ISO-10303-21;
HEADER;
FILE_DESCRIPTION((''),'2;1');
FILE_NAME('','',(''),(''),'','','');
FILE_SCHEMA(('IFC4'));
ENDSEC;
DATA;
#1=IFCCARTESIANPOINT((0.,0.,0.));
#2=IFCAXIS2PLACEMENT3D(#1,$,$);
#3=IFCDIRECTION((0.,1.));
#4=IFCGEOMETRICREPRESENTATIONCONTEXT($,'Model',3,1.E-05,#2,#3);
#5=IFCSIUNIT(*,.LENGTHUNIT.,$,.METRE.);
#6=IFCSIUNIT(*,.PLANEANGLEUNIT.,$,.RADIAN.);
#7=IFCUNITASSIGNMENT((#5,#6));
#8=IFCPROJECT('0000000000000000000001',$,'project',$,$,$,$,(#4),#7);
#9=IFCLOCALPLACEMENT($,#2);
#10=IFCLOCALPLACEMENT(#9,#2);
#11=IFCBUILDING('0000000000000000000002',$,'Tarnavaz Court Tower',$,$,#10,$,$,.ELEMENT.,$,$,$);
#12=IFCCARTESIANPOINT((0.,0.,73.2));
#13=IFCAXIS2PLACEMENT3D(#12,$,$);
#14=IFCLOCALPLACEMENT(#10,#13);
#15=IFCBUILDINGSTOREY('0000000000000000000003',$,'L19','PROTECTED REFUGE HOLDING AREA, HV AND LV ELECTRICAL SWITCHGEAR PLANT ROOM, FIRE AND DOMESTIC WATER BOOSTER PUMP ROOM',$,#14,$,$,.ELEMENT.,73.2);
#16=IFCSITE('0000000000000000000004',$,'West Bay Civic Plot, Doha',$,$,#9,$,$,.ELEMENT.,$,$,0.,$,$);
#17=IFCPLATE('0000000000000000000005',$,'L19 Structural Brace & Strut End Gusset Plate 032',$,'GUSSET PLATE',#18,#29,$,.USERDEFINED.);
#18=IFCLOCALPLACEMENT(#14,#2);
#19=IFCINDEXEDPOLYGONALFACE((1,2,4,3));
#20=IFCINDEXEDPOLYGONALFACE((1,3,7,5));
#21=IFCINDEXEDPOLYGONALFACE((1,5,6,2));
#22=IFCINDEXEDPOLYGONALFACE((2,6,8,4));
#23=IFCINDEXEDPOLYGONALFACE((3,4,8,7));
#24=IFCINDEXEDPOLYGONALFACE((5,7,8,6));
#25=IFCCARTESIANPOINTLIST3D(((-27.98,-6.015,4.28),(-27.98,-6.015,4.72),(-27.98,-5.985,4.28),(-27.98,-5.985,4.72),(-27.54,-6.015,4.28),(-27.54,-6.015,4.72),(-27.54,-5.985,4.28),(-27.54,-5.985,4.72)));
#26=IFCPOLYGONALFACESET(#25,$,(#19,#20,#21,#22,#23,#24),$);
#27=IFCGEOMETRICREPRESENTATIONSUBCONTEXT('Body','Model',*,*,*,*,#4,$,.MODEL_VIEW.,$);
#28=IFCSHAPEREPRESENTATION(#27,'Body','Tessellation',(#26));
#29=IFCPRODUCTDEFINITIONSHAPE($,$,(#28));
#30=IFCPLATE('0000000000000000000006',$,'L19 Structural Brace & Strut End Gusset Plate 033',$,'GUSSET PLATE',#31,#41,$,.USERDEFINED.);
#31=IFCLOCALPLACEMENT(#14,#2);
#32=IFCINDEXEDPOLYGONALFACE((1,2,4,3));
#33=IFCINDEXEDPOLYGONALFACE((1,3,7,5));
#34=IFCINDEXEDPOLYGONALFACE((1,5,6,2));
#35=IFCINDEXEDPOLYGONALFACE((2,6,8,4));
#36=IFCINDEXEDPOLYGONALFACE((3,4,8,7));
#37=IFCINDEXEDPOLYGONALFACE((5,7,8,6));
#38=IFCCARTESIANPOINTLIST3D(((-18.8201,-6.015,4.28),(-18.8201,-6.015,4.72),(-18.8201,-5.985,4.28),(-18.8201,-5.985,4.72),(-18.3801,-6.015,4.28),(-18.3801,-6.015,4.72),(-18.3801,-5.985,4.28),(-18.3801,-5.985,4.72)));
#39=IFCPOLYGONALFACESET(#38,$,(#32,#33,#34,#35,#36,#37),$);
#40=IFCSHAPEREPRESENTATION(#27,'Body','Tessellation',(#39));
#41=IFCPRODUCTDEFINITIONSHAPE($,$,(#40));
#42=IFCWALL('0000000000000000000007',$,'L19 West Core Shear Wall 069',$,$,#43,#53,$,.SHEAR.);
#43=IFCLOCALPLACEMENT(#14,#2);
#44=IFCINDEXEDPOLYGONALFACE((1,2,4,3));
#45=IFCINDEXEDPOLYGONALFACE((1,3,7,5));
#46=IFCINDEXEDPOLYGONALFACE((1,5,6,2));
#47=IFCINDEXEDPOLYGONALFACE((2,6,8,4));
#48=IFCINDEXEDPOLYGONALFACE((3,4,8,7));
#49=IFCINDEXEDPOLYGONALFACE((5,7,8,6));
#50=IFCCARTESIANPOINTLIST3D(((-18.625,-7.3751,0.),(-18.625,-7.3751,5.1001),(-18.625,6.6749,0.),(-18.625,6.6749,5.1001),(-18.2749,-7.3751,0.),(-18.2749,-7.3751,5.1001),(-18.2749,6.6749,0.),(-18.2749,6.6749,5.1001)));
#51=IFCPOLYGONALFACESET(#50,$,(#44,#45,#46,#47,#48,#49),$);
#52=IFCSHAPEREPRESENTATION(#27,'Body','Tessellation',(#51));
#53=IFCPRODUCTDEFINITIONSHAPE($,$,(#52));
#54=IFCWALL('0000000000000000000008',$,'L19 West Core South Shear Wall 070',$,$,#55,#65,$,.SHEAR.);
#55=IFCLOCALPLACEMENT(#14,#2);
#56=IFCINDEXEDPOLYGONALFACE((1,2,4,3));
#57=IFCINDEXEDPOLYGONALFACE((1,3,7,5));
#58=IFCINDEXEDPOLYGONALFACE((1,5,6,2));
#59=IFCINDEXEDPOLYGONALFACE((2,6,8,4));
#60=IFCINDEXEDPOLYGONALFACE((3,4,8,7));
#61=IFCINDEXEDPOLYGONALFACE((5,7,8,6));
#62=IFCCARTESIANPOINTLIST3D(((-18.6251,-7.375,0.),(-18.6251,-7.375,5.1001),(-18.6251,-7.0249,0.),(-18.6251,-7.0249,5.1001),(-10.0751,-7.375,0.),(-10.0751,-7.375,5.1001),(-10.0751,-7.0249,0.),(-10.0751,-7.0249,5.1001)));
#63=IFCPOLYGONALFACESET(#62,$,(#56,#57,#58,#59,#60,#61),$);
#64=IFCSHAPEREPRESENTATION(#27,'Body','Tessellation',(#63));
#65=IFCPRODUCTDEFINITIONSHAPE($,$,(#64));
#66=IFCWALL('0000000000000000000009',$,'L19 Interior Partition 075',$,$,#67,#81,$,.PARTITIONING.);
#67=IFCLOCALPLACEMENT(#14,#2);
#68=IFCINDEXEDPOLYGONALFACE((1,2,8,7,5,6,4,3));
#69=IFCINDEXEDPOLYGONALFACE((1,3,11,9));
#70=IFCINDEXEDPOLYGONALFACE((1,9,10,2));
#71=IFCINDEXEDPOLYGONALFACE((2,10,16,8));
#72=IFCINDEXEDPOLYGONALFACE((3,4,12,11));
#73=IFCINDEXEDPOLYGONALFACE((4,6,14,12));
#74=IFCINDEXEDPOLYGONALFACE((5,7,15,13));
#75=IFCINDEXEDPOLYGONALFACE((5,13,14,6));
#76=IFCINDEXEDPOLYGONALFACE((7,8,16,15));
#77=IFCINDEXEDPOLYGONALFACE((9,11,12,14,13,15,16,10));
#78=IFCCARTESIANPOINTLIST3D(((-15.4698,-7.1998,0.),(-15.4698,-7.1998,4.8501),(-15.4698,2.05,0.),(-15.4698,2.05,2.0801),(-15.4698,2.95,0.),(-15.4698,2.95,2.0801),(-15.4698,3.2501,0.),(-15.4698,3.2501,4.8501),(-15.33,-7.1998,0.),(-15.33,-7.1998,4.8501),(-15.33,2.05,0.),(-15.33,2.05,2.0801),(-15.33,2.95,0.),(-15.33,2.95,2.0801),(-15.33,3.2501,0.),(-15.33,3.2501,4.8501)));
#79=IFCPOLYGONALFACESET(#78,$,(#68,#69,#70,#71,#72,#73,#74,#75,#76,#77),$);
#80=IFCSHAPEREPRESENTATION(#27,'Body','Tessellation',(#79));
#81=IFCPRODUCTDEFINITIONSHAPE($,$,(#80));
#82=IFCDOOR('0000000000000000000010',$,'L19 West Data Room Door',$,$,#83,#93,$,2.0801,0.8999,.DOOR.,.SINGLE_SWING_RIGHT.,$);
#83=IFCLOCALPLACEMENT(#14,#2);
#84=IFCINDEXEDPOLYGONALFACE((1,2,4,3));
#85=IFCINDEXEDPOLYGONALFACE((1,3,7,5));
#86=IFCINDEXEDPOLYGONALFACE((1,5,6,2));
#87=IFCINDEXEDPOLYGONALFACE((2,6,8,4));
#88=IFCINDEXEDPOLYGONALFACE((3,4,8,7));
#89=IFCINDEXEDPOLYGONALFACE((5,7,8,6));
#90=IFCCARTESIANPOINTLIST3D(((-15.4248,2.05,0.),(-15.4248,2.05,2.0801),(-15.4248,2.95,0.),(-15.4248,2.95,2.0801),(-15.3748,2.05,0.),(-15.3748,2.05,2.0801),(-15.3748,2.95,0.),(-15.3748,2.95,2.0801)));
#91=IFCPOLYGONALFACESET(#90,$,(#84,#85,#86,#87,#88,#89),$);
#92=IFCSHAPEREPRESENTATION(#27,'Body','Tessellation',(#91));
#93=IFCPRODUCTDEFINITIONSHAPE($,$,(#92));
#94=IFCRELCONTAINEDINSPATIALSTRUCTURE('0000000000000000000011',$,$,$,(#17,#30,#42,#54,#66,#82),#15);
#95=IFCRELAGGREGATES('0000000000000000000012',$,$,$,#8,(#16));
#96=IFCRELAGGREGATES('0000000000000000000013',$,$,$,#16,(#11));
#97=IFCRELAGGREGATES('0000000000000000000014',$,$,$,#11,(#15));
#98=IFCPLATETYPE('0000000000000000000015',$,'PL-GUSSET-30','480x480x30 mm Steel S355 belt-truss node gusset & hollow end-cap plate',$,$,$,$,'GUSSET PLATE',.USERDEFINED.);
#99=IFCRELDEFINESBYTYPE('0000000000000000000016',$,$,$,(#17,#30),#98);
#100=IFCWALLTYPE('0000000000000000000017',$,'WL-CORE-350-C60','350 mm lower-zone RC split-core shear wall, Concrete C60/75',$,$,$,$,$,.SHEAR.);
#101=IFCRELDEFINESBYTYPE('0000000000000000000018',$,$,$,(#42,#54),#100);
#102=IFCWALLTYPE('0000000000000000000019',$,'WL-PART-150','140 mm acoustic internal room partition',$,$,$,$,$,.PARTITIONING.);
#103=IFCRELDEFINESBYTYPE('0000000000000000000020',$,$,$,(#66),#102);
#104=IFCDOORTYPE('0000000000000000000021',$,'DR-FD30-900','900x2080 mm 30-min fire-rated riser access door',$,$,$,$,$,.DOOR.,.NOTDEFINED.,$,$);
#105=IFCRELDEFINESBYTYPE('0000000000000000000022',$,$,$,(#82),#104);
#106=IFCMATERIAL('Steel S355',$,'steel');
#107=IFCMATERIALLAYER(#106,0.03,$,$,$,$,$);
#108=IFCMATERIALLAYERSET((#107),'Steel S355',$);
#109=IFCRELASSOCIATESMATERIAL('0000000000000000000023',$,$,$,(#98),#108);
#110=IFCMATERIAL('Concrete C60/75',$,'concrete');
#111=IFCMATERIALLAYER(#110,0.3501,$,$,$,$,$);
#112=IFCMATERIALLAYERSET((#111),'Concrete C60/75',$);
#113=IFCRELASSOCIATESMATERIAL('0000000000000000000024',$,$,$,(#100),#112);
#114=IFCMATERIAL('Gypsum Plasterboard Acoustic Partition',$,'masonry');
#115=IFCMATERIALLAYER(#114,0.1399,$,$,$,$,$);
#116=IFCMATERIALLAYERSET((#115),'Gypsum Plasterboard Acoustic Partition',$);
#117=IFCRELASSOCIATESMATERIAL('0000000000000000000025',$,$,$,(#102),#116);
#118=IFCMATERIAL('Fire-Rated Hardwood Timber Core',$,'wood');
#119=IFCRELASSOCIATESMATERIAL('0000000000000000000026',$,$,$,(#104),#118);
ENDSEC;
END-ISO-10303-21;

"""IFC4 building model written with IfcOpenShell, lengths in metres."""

from ifc_helpers import new_model, si_unit, direction, frame, frame_2d, origin, origin_2d, place, context, subcontext, project, spatial, rectangle, extrude, material, layer, layer_set, type_object, element, fill, save


model = new_model("IFC4")

# Units and contexts
model_context = context("Model", 3, precision=1e-05, world=origin(), true_north=direction((0.0, 1.0)))
body_context = subcontext(model_context, "Body", "Model", "MODEL_VIEW")
ifc_project = project(units=[si_unit("LENGTHUNIT", "METRE"), si_unit("PLANEANGLEUNIT", "RADIAN")], contexts=[model_context])

# Site, building, storey
site_placement = place(None, origin())
site = spatial("IfcSite", under=ifc_project, at=site_placement, Name="West Bay Civic Plot, Doha", CompositionType="ELEMENT", RefElevation=0.0)
building_placement = place(site_placement, origin())
building = spatial("IfcBuilding", under=site, at=building_placement, Name="Tarnavaz Court Tower", CompositionType="ELEMENT")
storey_placement = place(building_placement, frame((0.0, 0.0, 73.2)))
storey = spatial("IfcBuildingStorey", under=building, at=storey_placement, Name="L19", Description="PROTECTED REFUGE HOLDING AREA, HV AND LV ELECTRICAL SWITCHGEAR PLANT ROOM, FIRE AND DOMESTIC WATER BOOSTER PUMP ROOM", CompositionType="ELEMENT", Elevation=73.2)

# Shared definitions
ifc_material_1 = material(Name="Concrete C60/75", Category="concrete")

# Plates
ifc_material_2 = material(Name="Steel S355", Category="steel")
ifc_layer_1 = layer(ifc_material_2, 0.03)
ifc_layer_set_1 = layer_set([ifc_layer_1], Name="Steel S355")
plate_type = type_object("IfcPlateType", Name="PL-GUSSET-30", Description="480x480x30 mm Steel S355 belt-truss node gusset & hollow end-cap plate", ElementType="GUSSET PLATE", PredefinedType="USERDEFINED", material=ifc_layer_set_1)
for number, where, z_axis, x_axis, name in (
    (1, (-27.76, -6.0, 4.28), (0.0, 0.0, 1.0), (1.0, 0.0, 0.0), "L19 Structural Brace & Strut End Gusset Plate 032"),
    (2, (-18.6001, -6.0, 4.28), (0.0, 0.0, 1.0), (1.0, 0.0, 0.0), "L19 Structural Brace & Strut End Gusset Plate 033"),
):
    element("IfcPlate", number, at=place(storey_placement, frame(where, z_axis=z_axis, x_axis=x_axis)), inside=storey, type_object=plate_type, Name=name, ObjectType="GUSSET PLATE", PredefinedType="USERDEFINED", context=body_context, shape_type="SweptSolid", body=[
        extrude(rectangle(XDim=0.4399, YDim=0.03, at=origin_2d()), origin(), (0.0, 0.0, 1.0), 0.4399),
    ])

# Walls
ifc_layer_2 = layer(ifc_material_1, 0.3501)
ifc_layer_set_2 = layer_set([ifc_layer_2], Name="Concrete C60/75")
wall_type_1 = type_object("IfcWallType", Name="WL-CORE-350-C60", Description="350 mm lower-zone RC split-core shear wall, Concrete C60/75", PredefinedType="SHEAR", material=ifc_layer_set_2)
wall_1_placement = place(storey_placement, frame((-18.45, -7.375, 0.0), z_axis=(0.0, 0.0, 1.0), x_axis=(0.0, 1.0, 0.0)))
element("IfcWall", 3, at=wall_1_placement, inside=storey, type_object=wall_type_1, Name="L19 West Core Shear Wall 069", PredefinedType="SHEAR", context=body_context, shape_type="SweptSolid", body=[
    extrude(rectangle(XDim=14.05, YDim=0.3501, at=frame_2d((7.0249, 0.0))), origin(), (0.0, 0.0, 1.0), 5.1001),
])
wall_2_placement = place(storey_placement, frame((-18.625, -7.2, 0.0), z_axis=(0.0, 0.0, 1.0), x_axis=(1.0, 0.0, 0.0)))
element("IfcWall", 4, at=wall_2_placement, inside=storey, type_object=wall_type_1, Name="L19 West Core South Shear Wall 070", PredefinedType="SHEAR", context=body_context, shape_type="SweptSolid", body=[
    extrude(rectangle(XDim=8.55, YDim=0.3501, at=frame_2d((4.2749, 0.0))), origin(), (0.0, 0.0, 1.0), 5.1001),
])

# Wall, opening, door
ifc_material_3 = material(Name="Gypsum Plasterboard Acoustic Partition", Category="masonry")
ifc_layer_3 = layer(ifc_material_3, 0.1399)
ifc_layer_set_3 = layer_set([ifc_layer_3], Name="Gypsum Plasterboard Acoustic Partition")
wall_type_2 = type_object("IfcWallType", Name="WL-PART-150", Description="140 mm acoustic internal room partition", PredefinedType="PARTITIONING", material=ifc_layer_set_3)
wall_3_placement = place(storey_placement, frame((-15.3999, -7.2, 0.0), z_axis=(0.0, 0.0, 1.0), x_axis=(0.0, 1.0, 0.0)))
wall_3 = element("IfcWall", 5, at=wall_3_placement, inside=storey, type_object=wall_type_2, Name="L19 Interior Partition 075", PredefinedType="PARTITIONING", context=body_context, shape_type="SweptSolid", body=[
    extrude(rectangle(XDim=10.45, YDim=0.1399, at=frame_2d((5.2251, 0.0))), origin(), (0.0, 0.0, 1.0), 4.8501),
])
opening_placement = place(wall_3_placement, frame((9.25, 0.0, 0.0)))
opening = element("IfcOpeningElement", 6, at=opening_placement, cuts=wall_3, PredefinedType="OPENING", context=body_context, shape_type="SweptSolid", body=[
    extrude(rectangle(XDim=0.8999, YDim=2.0801, at=frame_2d((0.45, 1.04))), frame((0.0, 0.0798, 0.0), z_axis=(0.0, -1.0, 0.0), x_axis=(1.0, 0.0, 0.0)), (0.0, 0.0, 1.0), 0.1599),
])
ifc_material_4 = material(Name="Fire-Rated Hardwood Timber Core", Category="wood")
door_type = type_object("IfcDoorType", Name="DR-FD30-900", Description="900x2080 mm 30-min fire-rated riser access door", OperationType="NOTDEFINED", PredefinedType="DOOR", material=ifc_material_4)
door_placement = place(opening_placement, origin())
door = element("IfcDoor", 7, at=door_placement, inside=storey, type_object=door_type, Name="L19 West Data Room Door", OperationType="SINGLE_SWING_RIGHT", OverallHeight=2.0801, OverallWidth=0.8999, PredefinedType="DOOR", context=body_context, shape_type="SweptSolid", body=[
    extrude(rectangle(XDim=0.8999, YDim=2.0801, at=frame_2d((0.45, 1.04))), frame((0.0, 0.0249, 0.0), z_axis=(0.0, -1.0, 0.0), x_axis=(1.0, 0.0, 0.0)), (0.0, 0.0, 1.0), 0.05),
])
fill(opening, door)

save(model, "model.ifc")
